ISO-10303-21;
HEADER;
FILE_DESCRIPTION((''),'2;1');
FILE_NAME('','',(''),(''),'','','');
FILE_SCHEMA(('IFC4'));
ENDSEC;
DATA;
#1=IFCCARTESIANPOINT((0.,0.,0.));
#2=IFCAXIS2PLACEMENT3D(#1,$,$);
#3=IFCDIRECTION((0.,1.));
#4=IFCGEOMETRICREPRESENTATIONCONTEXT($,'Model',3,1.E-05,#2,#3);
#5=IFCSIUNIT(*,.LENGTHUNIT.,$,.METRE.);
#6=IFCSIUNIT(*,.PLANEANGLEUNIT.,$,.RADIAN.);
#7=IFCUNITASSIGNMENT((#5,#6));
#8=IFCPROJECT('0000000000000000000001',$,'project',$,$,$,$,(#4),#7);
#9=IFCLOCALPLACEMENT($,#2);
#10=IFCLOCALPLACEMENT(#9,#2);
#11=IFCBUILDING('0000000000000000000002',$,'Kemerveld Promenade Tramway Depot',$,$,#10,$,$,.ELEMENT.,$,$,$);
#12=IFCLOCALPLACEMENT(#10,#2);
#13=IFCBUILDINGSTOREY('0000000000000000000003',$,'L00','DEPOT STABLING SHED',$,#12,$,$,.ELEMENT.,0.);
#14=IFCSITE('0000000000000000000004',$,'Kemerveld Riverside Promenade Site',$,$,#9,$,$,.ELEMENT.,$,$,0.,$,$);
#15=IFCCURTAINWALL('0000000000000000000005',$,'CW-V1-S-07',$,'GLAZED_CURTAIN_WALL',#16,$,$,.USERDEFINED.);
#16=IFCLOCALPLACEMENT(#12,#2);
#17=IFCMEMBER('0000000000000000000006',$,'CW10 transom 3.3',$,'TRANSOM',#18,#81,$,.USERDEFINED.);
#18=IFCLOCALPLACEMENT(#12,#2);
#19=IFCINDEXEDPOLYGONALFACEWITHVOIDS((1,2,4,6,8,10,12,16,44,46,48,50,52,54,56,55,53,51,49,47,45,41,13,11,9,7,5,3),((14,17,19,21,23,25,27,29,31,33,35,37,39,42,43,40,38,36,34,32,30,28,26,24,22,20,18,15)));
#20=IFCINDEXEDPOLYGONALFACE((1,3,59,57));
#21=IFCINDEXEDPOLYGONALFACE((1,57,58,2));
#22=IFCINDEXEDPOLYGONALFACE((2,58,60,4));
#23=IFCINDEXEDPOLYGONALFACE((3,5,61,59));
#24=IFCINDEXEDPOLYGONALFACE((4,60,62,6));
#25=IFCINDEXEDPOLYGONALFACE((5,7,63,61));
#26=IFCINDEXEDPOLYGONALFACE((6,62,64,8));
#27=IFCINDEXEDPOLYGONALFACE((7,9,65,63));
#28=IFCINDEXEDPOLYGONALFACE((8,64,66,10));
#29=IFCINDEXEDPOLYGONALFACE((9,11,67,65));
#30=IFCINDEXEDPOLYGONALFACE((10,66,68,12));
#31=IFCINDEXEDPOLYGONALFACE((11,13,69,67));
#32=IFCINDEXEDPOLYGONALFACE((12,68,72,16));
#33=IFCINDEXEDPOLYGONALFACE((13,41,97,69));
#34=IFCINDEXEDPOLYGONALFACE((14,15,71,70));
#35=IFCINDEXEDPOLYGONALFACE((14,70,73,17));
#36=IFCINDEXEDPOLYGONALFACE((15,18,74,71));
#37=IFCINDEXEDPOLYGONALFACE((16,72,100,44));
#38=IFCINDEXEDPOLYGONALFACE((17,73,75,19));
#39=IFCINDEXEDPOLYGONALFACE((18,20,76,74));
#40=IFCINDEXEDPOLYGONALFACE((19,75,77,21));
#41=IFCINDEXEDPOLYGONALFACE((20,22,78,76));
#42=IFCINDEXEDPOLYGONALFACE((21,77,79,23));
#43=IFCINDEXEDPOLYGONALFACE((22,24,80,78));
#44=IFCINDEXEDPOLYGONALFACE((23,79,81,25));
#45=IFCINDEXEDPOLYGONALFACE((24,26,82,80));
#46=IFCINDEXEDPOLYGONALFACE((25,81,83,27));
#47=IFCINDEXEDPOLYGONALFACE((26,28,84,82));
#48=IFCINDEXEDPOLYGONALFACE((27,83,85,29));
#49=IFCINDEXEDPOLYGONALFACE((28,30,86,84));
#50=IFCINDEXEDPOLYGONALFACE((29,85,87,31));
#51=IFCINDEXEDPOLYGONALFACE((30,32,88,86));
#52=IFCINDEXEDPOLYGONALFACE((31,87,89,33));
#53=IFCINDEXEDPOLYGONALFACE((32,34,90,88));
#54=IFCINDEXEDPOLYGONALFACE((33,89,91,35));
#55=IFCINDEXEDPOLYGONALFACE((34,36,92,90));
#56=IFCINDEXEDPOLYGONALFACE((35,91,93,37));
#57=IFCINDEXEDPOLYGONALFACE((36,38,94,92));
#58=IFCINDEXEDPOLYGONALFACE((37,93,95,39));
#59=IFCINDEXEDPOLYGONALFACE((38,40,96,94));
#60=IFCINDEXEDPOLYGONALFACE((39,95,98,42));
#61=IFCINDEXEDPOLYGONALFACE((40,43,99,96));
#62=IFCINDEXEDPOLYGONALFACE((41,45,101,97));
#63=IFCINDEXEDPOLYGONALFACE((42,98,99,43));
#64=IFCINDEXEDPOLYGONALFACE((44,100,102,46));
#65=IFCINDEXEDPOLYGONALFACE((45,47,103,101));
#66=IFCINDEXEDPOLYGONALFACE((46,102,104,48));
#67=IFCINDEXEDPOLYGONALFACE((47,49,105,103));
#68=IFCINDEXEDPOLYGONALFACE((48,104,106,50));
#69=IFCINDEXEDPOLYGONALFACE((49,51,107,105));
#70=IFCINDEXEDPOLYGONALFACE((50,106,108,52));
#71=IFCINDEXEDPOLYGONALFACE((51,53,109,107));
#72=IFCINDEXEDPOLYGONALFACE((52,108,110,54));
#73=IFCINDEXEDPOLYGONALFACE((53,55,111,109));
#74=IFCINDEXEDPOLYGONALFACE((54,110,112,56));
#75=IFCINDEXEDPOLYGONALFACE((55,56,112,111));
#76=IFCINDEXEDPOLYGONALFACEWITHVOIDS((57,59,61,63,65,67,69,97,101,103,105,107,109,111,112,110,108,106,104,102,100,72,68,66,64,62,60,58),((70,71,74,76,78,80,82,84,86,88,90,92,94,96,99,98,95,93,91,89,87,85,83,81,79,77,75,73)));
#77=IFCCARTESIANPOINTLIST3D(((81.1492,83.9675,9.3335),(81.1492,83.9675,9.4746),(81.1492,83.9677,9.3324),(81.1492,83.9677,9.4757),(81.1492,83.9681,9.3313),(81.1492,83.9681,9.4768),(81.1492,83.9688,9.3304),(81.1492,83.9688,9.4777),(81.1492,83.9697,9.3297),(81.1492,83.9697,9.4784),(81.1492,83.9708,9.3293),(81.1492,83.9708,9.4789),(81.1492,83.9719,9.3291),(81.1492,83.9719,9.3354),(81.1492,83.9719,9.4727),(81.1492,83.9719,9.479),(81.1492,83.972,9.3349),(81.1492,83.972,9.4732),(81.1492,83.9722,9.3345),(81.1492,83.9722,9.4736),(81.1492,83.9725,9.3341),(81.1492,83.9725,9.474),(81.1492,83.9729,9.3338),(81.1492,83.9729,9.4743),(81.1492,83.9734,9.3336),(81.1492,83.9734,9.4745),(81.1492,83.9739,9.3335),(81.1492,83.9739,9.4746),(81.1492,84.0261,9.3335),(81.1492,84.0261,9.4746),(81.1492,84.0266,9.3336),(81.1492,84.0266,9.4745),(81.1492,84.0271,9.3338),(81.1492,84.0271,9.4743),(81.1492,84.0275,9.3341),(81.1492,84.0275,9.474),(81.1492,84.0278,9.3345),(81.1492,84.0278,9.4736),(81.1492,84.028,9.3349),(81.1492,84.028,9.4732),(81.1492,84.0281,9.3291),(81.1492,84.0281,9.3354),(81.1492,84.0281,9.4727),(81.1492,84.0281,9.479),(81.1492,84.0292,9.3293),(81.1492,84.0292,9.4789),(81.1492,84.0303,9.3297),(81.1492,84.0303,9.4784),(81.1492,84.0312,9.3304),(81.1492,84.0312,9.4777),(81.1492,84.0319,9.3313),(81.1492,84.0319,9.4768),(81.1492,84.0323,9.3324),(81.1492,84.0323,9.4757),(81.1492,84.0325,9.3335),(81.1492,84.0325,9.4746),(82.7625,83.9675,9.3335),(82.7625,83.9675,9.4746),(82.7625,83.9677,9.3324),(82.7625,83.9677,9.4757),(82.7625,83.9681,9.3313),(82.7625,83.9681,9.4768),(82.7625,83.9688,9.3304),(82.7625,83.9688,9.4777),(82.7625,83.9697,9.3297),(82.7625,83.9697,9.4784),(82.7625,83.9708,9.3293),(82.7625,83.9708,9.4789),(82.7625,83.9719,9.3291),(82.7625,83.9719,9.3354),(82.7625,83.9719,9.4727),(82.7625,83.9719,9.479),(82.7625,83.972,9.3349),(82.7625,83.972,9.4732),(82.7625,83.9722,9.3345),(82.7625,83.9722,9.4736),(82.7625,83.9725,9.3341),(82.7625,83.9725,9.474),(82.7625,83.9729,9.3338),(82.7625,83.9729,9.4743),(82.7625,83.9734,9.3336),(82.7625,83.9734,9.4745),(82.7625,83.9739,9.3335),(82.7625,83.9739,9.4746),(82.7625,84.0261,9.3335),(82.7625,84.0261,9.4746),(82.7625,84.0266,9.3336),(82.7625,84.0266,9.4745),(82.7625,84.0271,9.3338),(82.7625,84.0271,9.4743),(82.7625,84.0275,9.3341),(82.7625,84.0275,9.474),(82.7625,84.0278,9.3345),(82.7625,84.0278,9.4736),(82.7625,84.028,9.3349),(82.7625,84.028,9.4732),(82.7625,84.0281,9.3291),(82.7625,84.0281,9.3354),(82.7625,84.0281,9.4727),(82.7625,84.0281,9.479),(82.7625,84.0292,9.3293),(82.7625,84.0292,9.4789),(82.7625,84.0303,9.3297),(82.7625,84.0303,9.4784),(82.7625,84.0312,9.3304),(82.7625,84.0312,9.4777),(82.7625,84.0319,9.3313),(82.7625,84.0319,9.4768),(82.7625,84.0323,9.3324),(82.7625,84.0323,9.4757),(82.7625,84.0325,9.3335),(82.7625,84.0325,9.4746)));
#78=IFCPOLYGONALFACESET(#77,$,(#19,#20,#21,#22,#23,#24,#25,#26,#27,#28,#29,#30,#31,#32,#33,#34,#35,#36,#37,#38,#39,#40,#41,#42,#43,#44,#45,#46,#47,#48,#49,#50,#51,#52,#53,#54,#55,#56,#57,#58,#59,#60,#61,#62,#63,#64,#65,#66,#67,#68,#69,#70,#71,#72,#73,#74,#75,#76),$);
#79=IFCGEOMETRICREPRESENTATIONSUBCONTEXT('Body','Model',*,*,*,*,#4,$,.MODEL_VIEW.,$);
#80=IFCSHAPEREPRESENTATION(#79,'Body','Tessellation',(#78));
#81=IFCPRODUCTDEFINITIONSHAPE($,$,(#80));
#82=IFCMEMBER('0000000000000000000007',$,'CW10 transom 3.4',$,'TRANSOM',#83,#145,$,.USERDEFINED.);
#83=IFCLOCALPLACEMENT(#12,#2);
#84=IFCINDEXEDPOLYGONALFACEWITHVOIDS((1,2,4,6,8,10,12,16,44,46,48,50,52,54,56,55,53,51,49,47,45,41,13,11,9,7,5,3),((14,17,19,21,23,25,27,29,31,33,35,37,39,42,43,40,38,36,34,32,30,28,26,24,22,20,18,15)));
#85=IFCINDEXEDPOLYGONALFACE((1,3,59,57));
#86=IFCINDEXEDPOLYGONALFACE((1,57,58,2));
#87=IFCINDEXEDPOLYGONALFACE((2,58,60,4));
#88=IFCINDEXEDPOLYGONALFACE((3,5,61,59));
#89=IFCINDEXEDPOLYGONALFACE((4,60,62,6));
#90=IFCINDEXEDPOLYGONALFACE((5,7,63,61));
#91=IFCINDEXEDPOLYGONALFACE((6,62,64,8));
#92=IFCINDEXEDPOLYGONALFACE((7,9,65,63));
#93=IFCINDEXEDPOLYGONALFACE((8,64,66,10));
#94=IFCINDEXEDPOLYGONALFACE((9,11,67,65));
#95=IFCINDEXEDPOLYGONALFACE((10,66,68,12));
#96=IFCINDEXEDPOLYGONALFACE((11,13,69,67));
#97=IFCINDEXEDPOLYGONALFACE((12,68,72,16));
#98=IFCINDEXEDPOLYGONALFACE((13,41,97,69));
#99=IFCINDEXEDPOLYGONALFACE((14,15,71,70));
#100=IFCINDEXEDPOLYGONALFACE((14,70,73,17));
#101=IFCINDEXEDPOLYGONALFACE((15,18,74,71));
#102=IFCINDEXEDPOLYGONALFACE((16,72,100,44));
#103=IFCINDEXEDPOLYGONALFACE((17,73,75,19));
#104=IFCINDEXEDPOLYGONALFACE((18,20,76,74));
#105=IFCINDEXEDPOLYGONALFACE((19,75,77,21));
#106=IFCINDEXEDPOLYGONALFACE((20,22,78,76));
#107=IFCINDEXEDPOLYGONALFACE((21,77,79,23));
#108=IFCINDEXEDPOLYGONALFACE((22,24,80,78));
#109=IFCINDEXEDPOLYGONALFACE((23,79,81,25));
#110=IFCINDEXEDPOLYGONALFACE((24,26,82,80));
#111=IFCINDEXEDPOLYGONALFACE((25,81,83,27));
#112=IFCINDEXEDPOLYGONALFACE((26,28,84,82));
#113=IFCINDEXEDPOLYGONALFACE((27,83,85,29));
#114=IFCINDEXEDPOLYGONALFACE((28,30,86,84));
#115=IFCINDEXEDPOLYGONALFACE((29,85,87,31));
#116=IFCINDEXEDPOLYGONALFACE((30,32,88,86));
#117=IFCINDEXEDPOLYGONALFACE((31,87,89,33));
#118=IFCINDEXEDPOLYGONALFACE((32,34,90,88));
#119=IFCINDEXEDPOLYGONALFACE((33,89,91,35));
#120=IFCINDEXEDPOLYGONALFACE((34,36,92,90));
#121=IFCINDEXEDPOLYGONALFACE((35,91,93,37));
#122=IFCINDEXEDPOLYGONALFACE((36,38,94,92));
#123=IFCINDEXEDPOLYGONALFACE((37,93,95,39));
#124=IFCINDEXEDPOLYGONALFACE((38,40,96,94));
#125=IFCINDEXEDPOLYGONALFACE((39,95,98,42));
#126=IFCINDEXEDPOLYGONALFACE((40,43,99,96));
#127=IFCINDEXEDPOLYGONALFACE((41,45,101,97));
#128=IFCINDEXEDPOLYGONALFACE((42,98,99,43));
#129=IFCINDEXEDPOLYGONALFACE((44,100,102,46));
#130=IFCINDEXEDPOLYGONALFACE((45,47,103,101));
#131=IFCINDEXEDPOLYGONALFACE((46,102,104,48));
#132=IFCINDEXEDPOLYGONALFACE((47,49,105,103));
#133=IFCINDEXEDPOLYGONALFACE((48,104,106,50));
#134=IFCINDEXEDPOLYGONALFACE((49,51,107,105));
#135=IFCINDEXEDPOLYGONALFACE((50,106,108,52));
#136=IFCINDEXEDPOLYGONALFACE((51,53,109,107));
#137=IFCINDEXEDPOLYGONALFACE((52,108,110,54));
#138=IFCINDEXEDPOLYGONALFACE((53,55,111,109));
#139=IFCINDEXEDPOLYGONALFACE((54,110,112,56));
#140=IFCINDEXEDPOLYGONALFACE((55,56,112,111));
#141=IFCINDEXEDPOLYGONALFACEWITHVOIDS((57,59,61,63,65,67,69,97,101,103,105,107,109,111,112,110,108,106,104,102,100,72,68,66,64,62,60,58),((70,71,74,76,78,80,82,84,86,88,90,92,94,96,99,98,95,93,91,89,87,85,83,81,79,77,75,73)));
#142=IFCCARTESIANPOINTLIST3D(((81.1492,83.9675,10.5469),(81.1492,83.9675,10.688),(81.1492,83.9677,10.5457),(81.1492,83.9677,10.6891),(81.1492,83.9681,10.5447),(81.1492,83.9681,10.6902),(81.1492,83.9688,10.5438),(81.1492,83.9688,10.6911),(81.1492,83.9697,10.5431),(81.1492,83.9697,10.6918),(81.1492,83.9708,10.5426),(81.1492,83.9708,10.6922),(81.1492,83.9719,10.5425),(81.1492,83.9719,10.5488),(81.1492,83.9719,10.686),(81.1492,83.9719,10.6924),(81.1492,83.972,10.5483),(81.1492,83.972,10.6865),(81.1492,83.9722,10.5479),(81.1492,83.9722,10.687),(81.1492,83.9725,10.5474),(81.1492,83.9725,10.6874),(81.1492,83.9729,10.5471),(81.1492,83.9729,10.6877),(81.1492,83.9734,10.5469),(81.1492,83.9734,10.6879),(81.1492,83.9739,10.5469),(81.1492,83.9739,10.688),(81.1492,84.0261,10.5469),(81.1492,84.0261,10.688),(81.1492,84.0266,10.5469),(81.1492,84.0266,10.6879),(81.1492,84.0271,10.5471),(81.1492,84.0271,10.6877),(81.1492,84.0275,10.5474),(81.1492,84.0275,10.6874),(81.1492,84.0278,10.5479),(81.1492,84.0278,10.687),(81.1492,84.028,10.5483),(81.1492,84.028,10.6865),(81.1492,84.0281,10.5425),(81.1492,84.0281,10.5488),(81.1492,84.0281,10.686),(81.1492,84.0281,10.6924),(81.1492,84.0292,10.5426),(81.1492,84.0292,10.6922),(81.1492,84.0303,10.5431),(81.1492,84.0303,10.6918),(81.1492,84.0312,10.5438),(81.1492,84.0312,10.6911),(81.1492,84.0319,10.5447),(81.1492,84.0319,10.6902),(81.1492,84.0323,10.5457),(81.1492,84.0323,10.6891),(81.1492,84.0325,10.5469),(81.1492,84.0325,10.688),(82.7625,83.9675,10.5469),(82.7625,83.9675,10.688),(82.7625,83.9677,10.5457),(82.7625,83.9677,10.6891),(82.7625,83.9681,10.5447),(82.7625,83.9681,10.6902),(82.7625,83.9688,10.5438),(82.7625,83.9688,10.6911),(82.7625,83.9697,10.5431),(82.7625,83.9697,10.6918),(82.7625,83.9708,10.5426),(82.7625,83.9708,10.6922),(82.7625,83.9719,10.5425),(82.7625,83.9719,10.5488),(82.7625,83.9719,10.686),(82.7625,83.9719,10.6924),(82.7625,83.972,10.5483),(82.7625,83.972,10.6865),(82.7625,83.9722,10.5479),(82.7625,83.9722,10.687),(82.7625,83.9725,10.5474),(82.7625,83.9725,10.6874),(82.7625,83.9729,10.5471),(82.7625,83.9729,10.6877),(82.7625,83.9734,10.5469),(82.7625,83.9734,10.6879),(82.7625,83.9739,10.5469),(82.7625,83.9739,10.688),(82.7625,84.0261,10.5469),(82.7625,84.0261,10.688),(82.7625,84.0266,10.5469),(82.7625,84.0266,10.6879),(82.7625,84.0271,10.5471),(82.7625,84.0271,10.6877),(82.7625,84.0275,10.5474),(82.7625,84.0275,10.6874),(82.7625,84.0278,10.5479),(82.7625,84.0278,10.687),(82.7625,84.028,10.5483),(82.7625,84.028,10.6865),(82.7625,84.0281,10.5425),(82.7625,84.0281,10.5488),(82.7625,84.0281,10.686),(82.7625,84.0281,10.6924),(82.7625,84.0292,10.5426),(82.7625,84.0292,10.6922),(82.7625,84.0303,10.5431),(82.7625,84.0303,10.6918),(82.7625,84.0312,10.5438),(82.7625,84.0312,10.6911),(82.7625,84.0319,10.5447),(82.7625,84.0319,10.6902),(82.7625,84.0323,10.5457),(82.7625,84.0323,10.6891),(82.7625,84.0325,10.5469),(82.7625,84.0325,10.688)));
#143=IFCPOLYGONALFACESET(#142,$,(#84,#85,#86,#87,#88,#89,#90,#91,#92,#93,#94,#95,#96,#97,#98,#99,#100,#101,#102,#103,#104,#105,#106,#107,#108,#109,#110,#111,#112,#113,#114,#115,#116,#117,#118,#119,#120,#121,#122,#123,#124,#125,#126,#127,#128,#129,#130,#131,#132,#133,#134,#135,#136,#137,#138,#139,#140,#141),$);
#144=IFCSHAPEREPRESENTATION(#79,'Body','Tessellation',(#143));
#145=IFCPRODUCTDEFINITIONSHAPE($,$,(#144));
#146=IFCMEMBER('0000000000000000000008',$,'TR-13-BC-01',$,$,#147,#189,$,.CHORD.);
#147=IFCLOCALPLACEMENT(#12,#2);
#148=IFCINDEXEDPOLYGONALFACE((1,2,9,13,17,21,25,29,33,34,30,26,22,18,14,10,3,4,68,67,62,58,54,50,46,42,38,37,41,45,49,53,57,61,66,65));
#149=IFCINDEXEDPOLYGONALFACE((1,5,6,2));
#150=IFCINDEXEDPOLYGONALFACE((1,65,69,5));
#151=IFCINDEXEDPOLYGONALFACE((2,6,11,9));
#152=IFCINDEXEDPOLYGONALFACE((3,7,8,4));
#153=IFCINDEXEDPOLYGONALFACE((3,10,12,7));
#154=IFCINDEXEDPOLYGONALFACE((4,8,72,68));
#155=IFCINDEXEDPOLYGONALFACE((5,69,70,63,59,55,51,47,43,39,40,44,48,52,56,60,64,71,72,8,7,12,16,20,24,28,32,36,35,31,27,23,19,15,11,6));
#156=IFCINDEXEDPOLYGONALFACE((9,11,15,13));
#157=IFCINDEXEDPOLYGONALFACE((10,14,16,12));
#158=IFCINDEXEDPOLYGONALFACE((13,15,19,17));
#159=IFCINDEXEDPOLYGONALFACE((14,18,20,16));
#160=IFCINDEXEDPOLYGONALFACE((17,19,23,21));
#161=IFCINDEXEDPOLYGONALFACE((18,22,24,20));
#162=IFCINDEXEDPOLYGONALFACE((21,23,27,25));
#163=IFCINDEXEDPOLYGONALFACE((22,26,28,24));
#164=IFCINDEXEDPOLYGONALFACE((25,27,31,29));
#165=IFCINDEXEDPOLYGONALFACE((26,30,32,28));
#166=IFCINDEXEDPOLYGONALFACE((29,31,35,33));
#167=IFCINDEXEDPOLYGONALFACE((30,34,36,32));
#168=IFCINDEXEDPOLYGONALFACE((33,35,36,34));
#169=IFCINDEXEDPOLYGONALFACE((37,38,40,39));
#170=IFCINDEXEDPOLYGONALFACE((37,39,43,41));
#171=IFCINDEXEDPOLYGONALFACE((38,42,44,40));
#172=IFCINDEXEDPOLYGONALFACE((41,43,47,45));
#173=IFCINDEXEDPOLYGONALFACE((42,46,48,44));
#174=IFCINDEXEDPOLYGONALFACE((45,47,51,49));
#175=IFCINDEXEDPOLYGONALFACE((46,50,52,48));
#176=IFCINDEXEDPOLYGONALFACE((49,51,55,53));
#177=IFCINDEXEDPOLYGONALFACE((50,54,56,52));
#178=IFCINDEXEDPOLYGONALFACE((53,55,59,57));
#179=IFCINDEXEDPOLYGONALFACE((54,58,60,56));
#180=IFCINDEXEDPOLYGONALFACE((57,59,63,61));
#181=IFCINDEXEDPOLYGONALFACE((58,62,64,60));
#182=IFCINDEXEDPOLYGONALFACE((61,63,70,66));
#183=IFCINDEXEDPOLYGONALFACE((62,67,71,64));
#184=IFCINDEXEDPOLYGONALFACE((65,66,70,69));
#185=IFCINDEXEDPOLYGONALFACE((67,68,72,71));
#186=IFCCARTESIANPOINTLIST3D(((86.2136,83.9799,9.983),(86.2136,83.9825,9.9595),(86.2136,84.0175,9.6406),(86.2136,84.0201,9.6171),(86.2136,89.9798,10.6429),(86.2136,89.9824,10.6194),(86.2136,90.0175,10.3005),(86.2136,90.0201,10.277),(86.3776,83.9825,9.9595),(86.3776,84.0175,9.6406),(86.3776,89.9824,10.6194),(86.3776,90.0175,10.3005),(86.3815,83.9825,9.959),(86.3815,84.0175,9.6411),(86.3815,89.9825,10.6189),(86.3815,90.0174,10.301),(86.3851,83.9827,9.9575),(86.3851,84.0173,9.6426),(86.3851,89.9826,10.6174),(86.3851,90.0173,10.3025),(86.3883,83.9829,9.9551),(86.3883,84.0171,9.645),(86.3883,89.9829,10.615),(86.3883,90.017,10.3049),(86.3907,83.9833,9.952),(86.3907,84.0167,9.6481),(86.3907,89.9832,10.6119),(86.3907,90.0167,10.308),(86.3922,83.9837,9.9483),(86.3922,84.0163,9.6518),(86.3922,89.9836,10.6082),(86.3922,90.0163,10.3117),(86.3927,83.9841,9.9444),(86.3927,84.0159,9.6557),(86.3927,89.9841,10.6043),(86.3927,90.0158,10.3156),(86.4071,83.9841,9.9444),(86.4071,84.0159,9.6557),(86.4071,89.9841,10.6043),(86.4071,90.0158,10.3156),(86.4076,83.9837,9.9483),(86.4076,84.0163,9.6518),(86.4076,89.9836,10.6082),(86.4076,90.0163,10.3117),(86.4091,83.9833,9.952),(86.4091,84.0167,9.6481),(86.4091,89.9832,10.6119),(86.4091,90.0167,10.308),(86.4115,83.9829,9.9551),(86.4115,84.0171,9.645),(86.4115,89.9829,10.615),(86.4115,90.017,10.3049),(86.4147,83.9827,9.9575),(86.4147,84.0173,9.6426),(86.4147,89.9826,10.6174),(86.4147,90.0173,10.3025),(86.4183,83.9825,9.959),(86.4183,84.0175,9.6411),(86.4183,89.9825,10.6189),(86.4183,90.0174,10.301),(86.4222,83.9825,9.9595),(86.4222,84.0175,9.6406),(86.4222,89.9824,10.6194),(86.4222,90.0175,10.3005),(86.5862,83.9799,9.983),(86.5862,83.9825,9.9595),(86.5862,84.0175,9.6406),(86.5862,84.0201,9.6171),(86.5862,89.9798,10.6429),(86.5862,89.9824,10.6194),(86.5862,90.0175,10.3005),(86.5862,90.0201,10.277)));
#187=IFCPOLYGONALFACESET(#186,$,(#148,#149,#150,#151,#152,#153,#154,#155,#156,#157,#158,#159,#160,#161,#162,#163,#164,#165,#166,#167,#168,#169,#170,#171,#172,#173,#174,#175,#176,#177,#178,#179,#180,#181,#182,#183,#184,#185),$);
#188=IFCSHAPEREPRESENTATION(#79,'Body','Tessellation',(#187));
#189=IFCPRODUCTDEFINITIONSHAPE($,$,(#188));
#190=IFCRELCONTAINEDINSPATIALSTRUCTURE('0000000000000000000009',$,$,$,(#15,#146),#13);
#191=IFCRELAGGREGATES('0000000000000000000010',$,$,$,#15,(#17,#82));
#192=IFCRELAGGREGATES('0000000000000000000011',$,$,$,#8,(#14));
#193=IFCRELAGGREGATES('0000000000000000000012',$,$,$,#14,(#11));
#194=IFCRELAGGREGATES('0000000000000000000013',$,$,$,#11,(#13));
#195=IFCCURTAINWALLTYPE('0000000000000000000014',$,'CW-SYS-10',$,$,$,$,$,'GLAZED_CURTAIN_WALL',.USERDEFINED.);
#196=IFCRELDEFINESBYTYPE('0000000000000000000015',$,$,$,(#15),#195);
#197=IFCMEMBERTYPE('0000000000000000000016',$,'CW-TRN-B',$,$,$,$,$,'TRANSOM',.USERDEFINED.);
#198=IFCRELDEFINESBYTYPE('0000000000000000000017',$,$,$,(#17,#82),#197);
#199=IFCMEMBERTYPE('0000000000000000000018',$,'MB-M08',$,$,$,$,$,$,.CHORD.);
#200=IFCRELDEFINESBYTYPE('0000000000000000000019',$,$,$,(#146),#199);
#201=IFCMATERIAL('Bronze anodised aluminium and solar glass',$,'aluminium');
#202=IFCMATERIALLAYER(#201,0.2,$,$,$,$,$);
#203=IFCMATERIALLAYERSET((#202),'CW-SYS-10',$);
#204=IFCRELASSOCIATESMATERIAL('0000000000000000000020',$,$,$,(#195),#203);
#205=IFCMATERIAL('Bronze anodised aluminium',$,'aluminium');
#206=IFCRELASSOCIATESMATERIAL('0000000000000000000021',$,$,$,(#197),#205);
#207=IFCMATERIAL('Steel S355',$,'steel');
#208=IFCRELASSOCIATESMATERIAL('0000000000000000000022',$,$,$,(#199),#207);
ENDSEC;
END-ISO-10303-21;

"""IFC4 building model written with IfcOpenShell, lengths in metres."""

from ifc_helpers import new_model, si_unit, direction, frame, origin, origin_2d, place, context, subcontext, project, spatial, hollow_rectangle, i_section, extrude, material, layer, layer_set, material_profile, profile_set, type_object, element, aggregate, save


model = new_model("IFC4")

# Units and contexts
model_context = context("Model", 3, precision=1e-05, world=origin(), true_north=direction((0.0, 1.0)))
body_context = subcontext(model_context, "Body", "Model", "MODEL_VIEW")
ifc_project = project(units=[si_unit("LENGTHUNIT", "METRE"), si_unit("PLANEANGLEUNIT", "RADIAN")], contexts=[model_context])

# Site, building, storey
site_placement = place(None, origin())
site = spatial("IfcSite", under=ifc_project, at=site_placement, Name="Kemerveld Riverside Promenade Site", CompositionType="ELEMENT", RefElevation=0.0)
building_placement = place(site_placement, origin())
building = spatial("IfcBuilding", under=site, at=building_placement, Name="Kemerveld Promenade Tramway Depot", CompositionType="ELEMENT")
storey_placement = place(building_placement, origin())
storey = spatial("IfcBuildingStorey", under=building, at=storey_placement, Name="L00", Description="DEPOT STABLING SHED", CompositionType="ELEMENT", Elevation=0.0)

# Shared definitions
ifc_material_1 = material(Name="Steel S355", Category="steel")

# Curtain wall, members
ifc_material_2 = material(Name="Bronze anodised aluminium and solar glass", Category="aluminium")
ifc_material_3 = material(Name="Bronze anodised aluminium", Category="aluminium")
ifc_layer_1 = layer(ifc_material_2, 0.2)
ifc_layer_set_1 = layer_set([ifc_layer_1], Name="CW-SYS-10")
curtain_wall_type_1 = type_object("IfcCurtainWallType", Name="CW-SYS-10", ElementType="GLAZED_CURTAIN_WALL", PredefinedType="USERDEFINED", material=ifc_layer_set_1)
curtain_wall_1_placement = place(storey_placement, origin())
curtain_wall_1 = element("IfcCurtainWall", 1, at=curtain_wall_1_placement, inside=storey, type_object=curtain_wall_type_1, Name="CW-V1-S-07", ObjectType="GLAZED_CURTAIN_WALL", PredefinedType="USERDEFINED")
ifc_material_profile_1 = material_profile(ifc_material_3, hollow_rectangle(XDim=0.0649, YDim=0.1499, WallThickness=0.0044, InnerFilletRadius=0.002, OuterFilletRadius=0.0044, at=origin_2d()), Name="CW-TRN-150x65")
ifc_profile_set_1 = profile_set([ifc_material_profile_1], Name="Bronze anodised aluminium")
member_type_1 = type_object("IfcMemberType", Name="CW-TRN-B", ElementType="TRANSOM", PredefinedType="USERDEFINED", material=ifc_profile_set_1)
member_1_placement = place(storey_placement, frame((82.7625, 84.0, 9.4041), z_axis=(-1.0, 0.0, 0.0), x_axis=(0.0, -1.0, 0.0)))
member_1 = element("IfcMember", 2, at=member_1_placement, type_object=member_type_1, Name="CW10 transom 3.3", ObjectType="TRANSOM", PredefinedType="USERDEFINED", context=body_context, shape_type="SweptSolid", body=[
    extrude(hollow_rectangle(XDim=0.0649, YDim=0.1499, WallThickness=0.0044, InnerFilletRadius=0.002, OuterFilletRadius=0.0044, at=origin_2d()), origin(), (0.0, 0.0, 1.0), 1.6133),
])
member_2_placement = place(storey_placement, frame((82.7625, 84.0, 10.6174), z_axis=(-1.0, 0.0, 0.0), x_axis=(0.0, -1.0, 0.0)))
member_2 = element("IfcMember", 3, at=member_2_placement, type_object=member_type_1, Name="CW10 transom 3.4", ObjectType="TRANSOM", PredefinedType="USERDEFINED", context=body_context, shape_type="SweptSolid", body=[
    extrude(hollow_rectangle(XDim=0.0649, YDim=0.1499, WallThickness=0.0044, InnerFilletRadius=0.002, OuterFilletRadius=0.0044, at=origin_2d()), origin(), (0.0, 0.0, 1.0), 1.6133),
])

# Member
ifc_material_profile_2 = material_profile(ifc_material_1, i_section(OverallWidth=0.3726, OverallDepth=0.3682, WebThickness=0.0144, FlangeThickness=0.0237, FilletRadius=0.0151, at=origin_2d()), Name="356x368x177 UC")
ifc_profile_set_2 = profile_set([ifc_material_profile_2], Name="Steel S355")
member_type_2 = type_object("IfcMemberType", Name="MB-M08", PredefinedType="CHORD", material=ifc_profile_set_2)
member_3_placement = place(storey_placement, frame((86.3999, 84.0, 9.8), z_axis=(0.0, 0.994006, 0.109326), x_axis=(-1.0, 0.0, 0.0)))
element("IfcMember", 4, at=member_3_placement, inside=storey, type_object=member_type_2, Name="TR-13-BC-01", PredefinedType="CHORD", context=body_context, shape_type="SweptSolid", body=[
    extrude(i_section(OverallWidth=0.3726, OverallDepth=0.3682, WebThickness=0.0144, FlangeThickness=0.0237, FilletRadius=0.0151, at=origin_2d()), origin(), (0.0, 0.0, 1.0), 6.0361),
])

aggregate(curtain_wall_1, [member_1, member_2])

save(model, "model.ifc")
